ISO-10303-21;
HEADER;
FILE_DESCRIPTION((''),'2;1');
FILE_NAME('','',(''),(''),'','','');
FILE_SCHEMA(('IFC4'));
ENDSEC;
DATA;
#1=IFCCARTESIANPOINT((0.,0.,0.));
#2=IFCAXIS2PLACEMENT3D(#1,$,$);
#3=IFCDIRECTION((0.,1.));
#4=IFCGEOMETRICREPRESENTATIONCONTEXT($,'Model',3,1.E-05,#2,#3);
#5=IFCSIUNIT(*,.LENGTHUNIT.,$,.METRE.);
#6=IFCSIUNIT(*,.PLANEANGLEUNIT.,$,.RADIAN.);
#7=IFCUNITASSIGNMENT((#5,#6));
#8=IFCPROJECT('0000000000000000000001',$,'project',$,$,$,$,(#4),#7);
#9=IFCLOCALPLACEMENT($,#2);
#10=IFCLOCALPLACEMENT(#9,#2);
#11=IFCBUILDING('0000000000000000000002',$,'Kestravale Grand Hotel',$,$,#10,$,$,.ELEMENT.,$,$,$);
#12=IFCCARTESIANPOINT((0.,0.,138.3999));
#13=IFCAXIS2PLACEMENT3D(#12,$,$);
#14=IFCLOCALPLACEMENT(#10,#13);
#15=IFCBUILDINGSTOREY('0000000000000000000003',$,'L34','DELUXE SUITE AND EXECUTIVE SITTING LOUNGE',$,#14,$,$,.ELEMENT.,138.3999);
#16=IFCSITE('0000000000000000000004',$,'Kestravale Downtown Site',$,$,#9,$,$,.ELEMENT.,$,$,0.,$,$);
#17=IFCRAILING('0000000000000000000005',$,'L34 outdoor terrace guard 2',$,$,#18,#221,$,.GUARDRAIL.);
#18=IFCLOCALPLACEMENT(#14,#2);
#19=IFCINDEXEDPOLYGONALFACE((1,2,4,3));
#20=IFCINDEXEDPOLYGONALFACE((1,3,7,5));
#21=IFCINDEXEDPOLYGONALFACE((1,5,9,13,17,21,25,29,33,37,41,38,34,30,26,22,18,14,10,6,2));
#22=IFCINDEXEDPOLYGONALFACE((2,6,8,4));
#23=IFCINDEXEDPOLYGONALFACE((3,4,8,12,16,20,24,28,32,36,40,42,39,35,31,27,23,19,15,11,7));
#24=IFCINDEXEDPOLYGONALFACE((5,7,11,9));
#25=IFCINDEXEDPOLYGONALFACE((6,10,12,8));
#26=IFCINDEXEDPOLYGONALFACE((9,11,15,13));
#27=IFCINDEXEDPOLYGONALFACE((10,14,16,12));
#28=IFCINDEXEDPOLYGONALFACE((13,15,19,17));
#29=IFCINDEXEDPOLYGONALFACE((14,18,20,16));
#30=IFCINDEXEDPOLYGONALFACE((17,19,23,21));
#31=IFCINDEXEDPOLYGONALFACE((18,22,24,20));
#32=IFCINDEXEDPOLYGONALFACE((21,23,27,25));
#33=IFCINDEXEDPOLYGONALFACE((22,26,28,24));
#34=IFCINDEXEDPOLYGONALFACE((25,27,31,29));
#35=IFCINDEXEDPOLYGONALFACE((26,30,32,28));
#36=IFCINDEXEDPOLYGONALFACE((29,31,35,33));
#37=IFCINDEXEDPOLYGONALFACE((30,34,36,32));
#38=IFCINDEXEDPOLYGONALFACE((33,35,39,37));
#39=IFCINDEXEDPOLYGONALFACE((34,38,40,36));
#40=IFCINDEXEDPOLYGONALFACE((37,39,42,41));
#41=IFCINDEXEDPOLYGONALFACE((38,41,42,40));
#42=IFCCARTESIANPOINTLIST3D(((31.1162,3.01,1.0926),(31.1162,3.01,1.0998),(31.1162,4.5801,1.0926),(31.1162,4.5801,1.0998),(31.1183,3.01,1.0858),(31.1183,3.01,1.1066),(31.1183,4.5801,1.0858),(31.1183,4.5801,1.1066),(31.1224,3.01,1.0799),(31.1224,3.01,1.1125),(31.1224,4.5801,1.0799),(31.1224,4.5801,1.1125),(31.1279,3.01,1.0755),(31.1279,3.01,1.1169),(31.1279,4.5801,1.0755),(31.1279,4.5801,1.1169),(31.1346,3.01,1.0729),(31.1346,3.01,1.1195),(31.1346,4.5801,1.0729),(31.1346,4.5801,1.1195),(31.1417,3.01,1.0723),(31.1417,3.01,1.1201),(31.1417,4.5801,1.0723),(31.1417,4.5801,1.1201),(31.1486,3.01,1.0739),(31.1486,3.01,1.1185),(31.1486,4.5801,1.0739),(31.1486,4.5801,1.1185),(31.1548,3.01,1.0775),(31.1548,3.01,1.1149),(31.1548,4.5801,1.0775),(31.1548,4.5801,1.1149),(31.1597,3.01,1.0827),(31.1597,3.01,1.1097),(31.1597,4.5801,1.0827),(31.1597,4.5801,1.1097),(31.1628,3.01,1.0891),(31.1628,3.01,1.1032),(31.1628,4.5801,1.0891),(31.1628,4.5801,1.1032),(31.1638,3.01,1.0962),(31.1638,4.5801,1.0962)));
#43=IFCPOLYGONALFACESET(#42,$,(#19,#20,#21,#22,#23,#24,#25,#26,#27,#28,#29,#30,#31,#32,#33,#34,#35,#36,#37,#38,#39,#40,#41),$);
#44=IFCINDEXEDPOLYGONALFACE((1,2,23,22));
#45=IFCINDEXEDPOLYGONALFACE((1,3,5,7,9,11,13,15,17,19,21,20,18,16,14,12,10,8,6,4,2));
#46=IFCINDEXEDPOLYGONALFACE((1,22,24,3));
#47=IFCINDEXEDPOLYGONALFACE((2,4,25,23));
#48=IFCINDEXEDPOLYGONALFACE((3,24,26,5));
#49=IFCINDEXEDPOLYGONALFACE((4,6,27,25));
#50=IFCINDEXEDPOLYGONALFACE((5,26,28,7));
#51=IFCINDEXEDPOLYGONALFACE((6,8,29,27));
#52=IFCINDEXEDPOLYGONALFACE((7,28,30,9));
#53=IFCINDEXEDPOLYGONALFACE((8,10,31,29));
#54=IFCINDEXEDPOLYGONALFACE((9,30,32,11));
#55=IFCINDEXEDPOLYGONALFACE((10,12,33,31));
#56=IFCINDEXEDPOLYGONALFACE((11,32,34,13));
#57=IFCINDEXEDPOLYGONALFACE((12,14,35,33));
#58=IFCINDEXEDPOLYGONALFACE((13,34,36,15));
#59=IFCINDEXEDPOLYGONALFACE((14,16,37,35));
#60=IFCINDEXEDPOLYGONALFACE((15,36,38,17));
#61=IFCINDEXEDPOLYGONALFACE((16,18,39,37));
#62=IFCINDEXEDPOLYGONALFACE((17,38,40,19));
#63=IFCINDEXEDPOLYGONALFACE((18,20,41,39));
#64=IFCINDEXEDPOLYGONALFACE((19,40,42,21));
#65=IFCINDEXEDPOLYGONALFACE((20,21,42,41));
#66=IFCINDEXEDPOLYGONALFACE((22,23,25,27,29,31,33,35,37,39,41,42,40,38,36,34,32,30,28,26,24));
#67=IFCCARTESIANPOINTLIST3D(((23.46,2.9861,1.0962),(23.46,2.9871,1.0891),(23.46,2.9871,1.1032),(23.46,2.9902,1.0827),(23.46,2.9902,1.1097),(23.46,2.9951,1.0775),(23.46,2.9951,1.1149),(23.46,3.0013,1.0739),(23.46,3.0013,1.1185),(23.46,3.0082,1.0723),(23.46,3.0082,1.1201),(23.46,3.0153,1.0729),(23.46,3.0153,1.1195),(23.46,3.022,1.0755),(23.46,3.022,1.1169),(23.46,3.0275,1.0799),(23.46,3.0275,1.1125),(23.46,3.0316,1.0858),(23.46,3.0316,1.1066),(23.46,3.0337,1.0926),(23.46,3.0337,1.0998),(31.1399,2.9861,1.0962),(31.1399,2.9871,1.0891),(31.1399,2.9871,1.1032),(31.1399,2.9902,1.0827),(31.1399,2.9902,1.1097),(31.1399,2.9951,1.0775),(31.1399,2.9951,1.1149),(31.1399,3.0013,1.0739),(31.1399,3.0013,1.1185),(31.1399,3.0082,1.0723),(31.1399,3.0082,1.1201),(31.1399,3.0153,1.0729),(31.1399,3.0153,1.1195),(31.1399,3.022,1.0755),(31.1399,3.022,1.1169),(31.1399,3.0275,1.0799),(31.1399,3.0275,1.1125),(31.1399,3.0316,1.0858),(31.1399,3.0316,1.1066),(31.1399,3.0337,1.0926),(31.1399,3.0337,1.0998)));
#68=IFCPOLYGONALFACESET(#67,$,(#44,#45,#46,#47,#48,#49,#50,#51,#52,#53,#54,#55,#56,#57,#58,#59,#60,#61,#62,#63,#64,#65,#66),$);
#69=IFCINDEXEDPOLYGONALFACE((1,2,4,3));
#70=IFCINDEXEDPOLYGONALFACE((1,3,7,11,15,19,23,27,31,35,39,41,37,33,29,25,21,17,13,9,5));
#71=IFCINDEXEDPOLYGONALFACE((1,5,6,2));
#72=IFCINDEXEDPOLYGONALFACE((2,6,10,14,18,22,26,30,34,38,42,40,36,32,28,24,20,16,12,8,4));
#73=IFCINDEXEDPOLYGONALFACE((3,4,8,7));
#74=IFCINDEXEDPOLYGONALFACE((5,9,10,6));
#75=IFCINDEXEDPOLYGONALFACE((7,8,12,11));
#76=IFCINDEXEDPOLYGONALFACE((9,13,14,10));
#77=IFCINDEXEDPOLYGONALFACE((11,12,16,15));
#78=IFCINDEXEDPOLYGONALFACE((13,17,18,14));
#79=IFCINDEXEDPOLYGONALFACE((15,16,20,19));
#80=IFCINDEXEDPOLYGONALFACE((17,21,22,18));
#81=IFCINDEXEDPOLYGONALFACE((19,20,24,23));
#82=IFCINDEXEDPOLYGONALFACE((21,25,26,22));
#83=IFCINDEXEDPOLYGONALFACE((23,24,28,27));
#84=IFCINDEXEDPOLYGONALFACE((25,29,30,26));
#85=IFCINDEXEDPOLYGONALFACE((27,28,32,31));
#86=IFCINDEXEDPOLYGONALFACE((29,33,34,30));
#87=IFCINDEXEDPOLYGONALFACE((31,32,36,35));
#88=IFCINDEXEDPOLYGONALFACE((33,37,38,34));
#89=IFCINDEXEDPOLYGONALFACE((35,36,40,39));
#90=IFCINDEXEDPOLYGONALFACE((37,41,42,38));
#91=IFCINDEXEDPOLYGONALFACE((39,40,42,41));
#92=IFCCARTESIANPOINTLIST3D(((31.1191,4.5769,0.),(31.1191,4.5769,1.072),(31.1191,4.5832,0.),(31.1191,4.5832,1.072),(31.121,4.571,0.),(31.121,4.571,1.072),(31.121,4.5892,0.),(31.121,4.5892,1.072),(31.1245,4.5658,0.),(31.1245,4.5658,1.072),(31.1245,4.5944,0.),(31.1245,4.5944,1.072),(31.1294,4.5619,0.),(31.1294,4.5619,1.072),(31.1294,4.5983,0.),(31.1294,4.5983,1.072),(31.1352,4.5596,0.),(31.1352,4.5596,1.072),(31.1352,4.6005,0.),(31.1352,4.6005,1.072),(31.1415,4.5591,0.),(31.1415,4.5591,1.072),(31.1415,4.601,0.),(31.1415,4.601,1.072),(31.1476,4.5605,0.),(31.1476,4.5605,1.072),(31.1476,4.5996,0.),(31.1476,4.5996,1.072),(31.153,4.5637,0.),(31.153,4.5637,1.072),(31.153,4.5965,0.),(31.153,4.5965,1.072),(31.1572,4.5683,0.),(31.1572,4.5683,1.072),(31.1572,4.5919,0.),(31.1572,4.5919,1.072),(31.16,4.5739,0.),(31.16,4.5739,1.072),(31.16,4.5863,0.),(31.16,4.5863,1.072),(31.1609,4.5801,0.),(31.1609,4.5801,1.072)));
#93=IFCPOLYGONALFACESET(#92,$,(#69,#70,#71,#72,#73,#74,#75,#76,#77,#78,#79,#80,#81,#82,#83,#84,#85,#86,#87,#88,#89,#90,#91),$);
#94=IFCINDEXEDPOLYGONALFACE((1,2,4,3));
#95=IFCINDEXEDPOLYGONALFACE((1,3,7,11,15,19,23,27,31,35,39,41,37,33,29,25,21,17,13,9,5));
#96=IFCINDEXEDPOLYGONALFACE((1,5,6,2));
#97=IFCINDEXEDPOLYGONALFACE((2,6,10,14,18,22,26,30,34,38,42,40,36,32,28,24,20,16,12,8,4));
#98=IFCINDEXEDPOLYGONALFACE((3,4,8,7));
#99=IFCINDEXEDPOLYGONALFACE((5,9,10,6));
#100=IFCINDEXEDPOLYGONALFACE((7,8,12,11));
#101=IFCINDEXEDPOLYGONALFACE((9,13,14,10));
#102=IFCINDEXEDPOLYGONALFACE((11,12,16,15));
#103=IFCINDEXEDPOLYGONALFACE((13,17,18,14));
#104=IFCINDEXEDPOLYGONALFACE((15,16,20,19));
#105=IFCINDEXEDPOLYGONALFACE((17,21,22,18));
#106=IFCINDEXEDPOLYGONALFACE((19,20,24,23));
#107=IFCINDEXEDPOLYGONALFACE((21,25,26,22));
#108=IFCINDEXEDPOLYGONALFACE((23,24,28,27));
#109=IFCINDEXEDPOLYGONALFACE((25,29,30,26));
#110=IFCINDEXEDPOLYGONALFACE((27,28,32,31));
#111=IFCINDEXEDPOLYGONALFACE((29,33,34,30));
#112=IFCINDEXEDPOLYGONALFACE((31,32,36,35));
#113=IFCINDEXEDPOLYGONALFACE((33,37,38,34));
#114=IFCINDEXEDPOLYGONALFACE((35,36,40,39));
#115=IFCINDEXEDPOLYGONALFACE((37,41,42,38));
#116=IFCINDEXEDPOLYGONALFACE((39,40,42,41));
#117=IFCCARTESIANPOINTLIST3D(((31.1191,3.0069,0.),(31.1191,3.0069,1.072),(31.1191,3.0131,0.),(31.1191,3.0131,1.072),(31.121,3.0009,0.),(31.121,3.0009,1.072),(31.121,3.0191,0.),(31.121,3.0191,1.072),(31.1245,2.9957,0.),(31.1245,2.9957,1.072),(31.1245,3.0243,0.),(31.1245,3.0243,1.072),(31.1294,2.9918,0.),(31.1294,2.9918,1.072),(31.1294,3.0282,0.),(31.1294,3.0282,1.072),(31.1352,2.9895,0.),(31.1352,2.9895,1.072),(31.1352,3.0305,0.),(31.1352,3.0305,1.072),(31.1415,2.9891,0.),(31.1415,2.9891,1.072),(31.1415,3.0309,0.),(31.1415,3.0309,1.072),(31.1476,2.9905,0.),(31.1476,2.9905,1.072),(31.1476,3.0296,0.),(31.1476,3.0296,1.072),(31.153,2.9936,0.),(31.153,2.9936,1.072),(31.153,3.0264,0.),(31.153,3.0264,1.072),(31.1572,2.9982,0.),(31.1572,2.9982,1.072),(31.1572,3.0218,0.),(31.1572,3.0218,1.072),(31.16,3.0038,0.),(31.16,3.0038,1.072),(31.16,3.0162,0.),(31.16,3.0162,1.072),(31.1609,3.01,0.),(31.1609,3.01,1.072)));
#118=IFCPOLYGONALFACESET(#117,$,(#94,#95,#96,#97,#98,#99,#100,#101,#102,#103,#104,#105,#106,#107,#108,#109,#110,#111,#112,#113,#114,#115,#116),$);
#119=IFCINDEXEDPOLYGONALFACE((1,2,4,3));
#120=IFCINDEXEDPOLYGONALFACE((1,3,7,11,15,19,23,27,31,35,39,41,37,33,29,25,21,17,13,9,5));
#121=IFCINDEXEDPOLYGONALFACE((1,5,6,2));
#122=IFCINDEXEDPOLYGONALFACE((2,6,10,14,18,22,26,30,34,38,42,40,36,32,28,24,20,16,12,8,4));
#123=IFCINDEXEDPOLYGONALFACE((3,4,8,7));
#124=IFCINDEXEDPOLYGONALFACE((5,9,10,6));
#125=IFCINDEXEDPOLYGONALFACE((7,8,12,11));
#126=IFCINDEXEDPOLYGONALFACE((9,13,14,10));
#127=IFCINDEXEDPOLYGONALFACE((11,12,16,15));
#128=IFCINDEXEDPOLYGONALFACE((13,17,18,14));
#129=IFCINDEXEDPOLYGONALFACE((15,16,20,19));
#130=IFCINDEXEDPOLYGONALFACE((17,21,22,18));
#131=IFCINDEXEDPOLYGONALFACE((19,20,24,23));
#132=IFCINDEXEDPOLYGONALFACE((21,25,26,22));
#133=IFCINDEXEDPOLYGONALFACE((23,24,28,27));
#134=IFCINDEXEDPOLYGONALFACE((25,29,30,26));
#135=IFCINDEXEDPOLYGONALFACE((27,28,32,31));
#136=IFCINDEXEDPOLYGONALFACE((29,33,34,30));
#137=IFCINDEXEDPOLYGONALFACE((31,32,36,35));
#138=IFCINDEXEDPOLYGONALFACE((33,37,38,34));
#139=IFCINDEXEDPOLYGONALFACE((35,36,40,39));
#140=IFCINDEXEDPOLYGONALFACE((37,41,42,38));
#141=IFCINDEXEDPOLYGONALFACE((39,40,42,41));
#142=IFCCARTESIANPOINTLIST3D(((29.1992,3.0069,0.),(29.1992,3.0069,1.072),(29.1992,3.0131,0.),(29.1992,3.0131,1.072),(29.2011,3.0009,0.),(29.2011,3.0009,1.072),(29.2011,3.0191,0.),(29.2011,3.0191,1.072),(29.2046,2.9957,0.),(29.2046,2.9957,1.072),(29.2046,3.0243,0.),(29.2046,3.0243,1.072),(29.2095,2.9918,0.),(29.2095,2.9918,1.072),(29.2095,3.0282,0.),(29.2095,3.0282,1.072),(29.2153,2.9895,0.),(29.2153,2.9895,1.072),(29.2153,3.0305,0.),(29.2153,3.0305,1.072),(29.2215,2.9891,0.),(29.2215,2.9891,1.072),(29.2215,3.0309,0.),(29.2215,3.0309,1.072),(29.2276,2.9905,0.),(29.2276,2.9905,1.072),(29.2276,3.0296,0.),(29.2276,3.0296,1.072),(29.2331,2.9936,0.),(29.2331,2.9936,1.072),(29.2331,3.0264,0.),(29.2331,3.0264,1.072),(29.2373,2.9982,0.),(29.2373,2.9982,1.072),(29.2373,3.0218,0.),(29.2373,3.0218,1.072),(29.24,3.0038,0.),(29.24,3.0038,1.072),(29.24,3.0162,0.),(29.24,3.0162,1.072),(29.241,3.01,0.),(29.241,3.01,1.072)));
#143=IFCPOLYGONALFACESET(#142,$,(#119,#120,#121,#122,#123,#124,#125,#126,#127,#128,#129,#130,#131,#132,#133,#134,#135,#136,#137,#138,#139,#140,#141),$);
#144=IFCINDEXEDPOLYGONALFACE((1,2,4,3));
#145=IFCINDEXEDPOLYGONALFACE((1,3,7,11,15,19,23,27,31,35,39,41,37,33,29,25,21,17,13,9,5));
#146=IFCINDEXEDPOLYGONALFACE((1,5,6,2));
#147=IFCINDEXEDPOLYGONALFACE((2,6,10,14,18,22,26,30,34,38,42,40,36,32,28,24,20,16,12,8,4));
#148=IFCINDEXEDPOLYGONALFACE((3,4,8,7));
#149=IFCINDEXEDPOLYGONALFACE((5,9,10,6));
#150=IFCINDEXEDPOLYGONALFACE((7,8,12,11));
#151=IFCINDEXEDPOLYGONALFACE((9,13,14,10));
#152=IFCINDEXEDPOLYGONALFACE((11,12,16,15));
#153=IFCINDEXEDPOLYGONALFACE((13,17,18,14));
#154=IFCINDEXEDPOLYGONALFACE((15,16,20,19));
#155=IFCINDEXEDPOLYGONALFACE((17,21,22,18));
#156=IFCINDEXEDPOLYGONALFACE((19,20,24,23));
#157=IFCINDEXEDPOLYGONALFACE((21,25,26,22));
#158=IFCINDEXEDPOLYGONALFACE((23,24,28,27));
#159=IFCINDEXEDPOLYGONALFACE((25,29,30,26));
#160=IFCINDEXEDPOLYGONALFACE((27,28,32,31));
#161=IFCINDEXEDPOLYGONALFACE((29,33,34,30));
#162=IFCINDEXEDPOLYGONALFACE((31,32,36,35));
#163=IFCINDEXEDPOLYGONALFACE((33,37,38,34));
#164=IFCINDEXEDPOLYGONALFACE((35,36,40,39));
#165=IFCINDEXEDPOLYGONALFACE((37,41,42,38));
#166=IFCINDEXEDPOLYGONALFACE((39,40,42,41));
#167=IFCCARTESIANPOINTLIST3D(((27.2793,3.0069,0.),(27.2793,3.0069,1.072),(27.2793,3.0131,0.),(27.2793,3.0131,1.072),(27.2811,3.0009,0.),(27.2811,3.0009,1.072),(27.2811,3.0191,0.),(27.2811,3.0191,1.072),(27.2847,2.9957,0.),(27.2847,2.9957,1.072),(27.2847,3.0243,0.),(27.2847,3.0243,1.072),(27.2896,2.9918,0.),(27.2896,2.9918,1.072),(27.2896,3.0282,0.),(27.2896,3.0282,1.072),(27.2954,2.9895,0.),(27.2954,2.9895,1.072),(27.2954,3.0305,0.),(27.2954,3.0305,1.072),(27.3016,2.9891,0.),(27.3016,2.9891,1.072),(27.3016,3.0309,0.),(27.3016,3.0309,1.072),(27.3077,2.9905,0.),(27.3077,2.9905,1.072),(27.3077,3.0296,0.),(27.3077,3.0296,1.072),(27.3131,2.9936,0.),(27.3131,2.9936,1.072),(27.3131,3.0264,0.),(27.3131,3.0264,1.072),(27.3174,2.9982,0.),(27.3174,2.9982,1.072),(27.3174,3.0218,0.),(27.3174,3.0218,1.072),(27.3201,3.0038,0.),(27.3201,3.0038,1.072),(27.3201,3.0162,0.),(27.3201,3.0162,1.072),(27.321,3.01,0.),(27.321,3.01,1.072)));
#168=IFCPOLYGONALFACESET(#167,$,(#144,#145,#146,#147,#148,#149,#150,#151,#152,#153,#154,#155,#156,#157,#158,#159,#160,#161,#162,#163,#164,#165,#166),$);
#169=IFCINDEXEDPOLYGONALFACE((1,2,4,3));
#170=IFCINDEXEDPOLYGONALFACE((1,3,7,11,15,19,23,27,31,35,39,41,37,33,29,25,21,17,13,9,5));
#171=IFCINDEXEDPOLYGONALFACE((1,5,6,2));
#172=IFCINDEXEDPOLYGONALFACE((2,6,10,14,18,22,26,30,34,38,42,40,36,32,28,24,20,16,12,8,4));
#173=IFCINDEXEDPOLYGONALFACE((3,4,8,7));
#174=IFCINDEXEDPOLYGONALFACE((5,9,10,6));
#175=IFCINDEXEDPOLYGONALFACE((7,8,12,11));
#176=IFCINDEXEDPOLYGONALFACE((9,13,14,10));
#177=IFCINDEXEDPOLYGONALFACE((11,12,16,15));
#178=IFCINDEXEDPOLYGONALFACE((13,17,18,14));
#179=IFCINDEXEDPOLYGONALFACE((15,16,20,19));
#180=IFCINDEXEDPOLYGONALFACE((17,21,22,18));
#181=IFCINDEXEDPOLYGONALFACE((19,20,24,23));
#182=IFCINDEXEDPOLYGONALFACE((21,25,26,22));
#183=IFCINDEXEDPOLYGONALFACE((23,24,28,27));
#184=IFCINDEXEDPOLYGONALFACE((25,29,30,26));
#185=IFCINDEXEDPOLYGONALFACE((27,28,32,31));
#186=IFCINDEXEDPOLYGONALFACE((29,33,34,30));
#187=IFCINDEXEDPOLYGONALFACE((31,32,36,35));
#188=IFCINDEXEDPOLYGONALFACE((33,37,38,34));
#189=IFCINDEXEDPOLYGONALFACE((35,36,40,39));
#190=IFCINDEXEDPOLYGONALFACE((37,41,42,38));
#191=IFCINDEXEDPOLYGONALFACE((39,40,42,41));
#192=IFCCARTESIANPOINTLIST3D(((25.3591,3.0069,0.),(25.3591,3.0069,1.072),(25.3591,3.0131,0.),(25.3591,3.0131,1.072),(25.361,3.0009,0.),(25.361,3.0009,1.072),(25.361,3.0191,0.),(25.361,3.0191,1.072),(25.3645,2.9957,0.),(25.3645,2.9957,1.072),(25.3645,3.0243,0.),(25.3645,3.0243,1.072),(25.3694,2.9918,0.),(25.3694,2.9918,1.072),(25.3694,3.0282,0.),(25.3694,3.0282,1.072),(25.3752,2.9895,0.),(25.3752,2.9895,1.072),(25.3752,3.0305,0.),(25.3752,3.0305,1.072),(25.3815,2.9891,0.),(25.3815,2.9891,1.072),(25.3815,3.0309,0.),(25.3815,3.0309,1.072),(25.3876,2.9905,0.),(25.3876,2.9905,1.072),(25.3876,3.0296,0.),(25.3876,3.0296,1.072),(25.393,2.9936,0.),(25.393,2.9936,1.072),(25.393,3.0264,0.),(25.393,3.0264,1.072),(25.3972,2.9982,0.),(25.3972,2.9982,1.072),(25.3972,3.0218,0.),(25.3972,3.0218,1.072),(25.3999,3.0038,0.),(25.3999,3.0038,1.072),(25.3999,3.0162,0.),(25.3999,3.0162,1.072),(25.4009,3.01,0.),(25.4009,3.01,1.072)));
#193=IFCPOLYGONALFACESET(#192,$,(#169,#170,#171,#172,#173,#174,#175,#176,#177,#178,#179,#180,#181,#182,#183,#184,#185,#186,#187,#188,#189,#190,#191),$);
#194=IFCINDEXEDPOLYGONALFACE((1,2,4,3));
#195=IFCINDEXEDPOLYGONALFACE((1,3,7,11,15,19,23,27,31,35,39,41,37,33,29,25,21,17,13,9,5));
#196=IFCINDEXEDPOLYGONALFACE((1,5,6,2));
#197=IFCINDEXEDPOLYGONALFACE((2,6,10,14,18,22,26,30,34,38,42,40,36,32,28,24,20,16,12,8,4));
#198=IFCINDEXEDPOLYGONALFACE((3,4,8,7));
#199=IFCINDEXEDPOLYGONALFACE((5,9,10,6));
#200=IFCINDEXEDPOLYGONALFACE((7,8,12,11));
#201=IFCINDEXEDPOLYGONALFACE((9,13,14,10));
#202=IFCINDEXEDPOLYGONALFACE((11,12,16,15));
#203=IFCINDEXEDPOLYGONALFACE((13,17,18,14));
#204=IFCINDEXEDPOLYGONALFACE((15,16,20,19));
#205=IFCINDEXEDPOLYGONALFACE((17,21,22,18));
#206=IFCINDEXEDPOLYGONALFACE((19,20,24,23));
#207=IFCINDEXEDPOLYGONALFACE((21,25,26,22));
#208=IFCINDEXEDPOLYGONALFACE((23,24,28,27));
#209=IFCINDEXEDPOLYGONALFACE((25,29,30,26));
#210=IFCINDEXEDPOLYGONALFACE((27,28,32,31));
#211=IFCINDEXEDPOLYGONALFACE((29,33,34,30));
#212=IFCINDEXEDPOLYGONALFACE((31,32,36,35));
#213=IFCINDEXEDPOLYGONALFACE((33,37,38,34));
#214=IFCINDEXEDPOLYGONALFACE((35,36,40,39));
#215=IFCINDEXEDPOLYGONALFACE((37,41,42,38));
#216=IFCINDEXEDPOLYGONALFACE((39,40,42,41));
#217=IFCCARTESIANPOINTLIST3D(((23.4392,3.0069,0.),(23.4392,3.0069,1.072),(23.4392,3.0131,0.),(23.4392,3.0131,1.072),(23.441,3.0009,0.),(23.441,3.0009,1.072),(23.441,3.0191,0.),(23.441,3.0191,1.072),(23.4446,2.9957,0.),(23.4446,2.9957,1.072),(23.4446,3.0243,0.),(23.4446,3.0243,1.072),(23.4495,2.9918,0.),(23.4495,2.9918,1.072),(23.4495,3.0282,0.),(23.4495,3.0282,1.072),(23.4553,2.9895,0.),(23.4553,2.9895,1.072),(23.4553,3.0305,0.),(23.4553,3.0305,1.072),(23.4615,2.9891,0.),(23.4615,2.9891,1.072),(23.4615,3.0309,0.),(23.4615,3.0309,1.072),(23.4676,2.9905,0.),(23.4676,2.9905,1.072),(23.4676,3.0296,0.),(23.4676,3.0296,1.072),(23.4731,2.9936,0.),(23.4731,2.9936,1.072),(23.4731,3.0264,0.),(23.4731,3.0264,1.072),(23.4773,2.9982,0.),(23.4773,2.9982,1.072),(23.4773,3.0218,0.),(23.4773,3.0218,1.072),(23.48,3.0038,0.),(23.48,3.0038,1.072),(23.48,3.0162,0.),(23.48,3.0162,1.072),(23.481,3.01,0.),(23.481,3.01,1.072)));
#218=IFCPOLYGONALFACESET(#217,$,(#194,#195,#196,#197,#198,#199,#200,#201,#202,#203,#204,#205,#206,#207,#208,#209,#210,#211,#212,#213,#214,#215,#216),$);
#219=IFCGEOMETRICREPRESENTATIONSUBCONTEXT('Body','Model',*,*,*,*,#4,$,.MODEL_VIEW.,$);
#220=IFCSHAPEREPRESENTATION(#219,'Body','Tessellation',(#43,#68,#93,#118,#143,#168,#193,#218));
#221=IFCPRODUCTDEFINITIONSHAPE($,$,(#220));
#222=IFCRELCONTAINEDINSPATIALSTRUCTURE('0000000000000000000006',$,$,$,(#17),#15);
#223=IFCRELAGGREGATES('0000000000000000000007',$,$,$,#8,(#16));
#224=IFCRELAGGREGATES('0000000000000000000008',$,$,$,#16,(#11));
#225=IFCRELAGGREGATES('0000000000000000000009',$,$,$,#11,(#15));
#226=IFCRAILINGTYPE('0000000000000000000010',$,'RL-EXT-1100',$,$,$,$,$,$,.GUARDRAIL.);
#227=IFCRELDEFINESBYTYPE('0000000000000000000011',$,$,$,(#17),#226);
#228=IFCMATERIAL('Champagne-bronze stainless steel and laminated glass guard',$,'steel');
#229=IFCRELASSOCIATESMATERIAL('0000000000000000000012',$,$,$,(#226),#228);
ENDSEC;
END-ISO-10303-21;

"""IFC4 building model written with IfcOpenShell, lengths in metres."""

from ifc_helpers import new_model, si_unit, direction, frame, origin, origin_2d, place, context, subcontext, project, spatial, circle, extrude, material, type_object, element, save


model = new_model("IFC4")

# Units and contexts
model_context = context("Model", 3, precision=1e-05, world=origin(), true_north=direction((0.0, 1.0)))
body_context = subcontext(model_context, "Body", "Model", "MODEL_VIEW")
ifc_project = project(units=[si_unit("LENGTHUNIT", "METRE"), si_unit("PLANEANGLEUNIT", "RADIAN")], contexts=[model_context])

# Site, building, storey
site_placement = place(None, origin())
site = spatial("IfcSite", under=ifc_project, at=site_placement, Name="Kestravale Downtown Site", CompositionType="ELEMENT", RefElevation=0.0)
building_placement = place(site_placement, origin())
building = spatial("IfcBuilding", under=site, at=building_placement, Name="Kestravale Grand Hotel", CompositionType="ELEMENT")
storey_placement = place(building_placement, frame((0.0, 0.0, 138.3999)))
storey = spatial("IfcBuildingStorey", under=building, at=storey_placement, Name="L34", Description="DELUXE SUITE AND EXECUTIVE SITTING LOUNGE", CompositionType="ELEMENT", Elevation=138.3999)

# Railing
ifc_material_1 = material(Name="Champagne-bronze stainless steel and laminated glass guard", Category="steel")
railing_type = type_object("IfcRailingType", Name="RL-EXT-1100", PredefinedType="GUARDRAIL", material=ifc_material_1)
railing_1_placement = place(storey_placement, frame((31.1399, 4.5801, 0.0)))
element("IfcRailing", 1, at=railing_1_placement, inside=storey, type_object=railing_type, Name="L34 outdoor terrace guard 2", PredefinedType="GUARDRAIL", context=body_context, shape_type="SweptSolid", body=[
    extrude(circle(Radius=0.0239, at=origin_2d()), frame((0.0, 0.0, 1.0962), z_axis=(0.0, -1.0, 0.0), x_axis=(1.0, 0.0, 0.0)), (0.0, 0.0, 1.0), 1.5701),
    extrude(circle(Radius=0.0239, at=origin_2d()), frame((0.0, -1.5701, 1.0962), z_axis=(-1.0, 0.0, 0.0), x_axis=(0.0, -1.0, 0.0)), (0.0, 0.0, 1.0), 7.6799),
    extrude(circle(Radius=0.021, at=origin_2d()), origin(), (0.0, 0.0, 1.0), 1.072),
    extrude(circle(Radius=0.021, at=origin_2d()), frame((0.0, -1.5701, 0.0)), (0.0, 0.0, 1.0), 1.072),
    extrude(circle(Radius=0.021, at=origin_2d()), frame((-1.9199, -1.5701, 0.0)), (0.0, 0.0, 1.0), 1.072),
    extrude(circle(Radius=0.021, at=origin_2d()), frame((-3.8398, -1.5701, 0.0)), (0.0, 0.0, 1.0), 1.072),
    extrude(circle(Radius=0.021, at=origin_2d()), frame((-5.76, -1.5701, 0.0)), (0.0, 0.0, 1.0), 1.072),
    extrude(circle(Radius=0.021, at=origin_2d()), frame((-7.6799, -1.5701, 0.0)), (0.0, 0.0, 1.0), 1.072),
])

save(model, "model.ifc")
